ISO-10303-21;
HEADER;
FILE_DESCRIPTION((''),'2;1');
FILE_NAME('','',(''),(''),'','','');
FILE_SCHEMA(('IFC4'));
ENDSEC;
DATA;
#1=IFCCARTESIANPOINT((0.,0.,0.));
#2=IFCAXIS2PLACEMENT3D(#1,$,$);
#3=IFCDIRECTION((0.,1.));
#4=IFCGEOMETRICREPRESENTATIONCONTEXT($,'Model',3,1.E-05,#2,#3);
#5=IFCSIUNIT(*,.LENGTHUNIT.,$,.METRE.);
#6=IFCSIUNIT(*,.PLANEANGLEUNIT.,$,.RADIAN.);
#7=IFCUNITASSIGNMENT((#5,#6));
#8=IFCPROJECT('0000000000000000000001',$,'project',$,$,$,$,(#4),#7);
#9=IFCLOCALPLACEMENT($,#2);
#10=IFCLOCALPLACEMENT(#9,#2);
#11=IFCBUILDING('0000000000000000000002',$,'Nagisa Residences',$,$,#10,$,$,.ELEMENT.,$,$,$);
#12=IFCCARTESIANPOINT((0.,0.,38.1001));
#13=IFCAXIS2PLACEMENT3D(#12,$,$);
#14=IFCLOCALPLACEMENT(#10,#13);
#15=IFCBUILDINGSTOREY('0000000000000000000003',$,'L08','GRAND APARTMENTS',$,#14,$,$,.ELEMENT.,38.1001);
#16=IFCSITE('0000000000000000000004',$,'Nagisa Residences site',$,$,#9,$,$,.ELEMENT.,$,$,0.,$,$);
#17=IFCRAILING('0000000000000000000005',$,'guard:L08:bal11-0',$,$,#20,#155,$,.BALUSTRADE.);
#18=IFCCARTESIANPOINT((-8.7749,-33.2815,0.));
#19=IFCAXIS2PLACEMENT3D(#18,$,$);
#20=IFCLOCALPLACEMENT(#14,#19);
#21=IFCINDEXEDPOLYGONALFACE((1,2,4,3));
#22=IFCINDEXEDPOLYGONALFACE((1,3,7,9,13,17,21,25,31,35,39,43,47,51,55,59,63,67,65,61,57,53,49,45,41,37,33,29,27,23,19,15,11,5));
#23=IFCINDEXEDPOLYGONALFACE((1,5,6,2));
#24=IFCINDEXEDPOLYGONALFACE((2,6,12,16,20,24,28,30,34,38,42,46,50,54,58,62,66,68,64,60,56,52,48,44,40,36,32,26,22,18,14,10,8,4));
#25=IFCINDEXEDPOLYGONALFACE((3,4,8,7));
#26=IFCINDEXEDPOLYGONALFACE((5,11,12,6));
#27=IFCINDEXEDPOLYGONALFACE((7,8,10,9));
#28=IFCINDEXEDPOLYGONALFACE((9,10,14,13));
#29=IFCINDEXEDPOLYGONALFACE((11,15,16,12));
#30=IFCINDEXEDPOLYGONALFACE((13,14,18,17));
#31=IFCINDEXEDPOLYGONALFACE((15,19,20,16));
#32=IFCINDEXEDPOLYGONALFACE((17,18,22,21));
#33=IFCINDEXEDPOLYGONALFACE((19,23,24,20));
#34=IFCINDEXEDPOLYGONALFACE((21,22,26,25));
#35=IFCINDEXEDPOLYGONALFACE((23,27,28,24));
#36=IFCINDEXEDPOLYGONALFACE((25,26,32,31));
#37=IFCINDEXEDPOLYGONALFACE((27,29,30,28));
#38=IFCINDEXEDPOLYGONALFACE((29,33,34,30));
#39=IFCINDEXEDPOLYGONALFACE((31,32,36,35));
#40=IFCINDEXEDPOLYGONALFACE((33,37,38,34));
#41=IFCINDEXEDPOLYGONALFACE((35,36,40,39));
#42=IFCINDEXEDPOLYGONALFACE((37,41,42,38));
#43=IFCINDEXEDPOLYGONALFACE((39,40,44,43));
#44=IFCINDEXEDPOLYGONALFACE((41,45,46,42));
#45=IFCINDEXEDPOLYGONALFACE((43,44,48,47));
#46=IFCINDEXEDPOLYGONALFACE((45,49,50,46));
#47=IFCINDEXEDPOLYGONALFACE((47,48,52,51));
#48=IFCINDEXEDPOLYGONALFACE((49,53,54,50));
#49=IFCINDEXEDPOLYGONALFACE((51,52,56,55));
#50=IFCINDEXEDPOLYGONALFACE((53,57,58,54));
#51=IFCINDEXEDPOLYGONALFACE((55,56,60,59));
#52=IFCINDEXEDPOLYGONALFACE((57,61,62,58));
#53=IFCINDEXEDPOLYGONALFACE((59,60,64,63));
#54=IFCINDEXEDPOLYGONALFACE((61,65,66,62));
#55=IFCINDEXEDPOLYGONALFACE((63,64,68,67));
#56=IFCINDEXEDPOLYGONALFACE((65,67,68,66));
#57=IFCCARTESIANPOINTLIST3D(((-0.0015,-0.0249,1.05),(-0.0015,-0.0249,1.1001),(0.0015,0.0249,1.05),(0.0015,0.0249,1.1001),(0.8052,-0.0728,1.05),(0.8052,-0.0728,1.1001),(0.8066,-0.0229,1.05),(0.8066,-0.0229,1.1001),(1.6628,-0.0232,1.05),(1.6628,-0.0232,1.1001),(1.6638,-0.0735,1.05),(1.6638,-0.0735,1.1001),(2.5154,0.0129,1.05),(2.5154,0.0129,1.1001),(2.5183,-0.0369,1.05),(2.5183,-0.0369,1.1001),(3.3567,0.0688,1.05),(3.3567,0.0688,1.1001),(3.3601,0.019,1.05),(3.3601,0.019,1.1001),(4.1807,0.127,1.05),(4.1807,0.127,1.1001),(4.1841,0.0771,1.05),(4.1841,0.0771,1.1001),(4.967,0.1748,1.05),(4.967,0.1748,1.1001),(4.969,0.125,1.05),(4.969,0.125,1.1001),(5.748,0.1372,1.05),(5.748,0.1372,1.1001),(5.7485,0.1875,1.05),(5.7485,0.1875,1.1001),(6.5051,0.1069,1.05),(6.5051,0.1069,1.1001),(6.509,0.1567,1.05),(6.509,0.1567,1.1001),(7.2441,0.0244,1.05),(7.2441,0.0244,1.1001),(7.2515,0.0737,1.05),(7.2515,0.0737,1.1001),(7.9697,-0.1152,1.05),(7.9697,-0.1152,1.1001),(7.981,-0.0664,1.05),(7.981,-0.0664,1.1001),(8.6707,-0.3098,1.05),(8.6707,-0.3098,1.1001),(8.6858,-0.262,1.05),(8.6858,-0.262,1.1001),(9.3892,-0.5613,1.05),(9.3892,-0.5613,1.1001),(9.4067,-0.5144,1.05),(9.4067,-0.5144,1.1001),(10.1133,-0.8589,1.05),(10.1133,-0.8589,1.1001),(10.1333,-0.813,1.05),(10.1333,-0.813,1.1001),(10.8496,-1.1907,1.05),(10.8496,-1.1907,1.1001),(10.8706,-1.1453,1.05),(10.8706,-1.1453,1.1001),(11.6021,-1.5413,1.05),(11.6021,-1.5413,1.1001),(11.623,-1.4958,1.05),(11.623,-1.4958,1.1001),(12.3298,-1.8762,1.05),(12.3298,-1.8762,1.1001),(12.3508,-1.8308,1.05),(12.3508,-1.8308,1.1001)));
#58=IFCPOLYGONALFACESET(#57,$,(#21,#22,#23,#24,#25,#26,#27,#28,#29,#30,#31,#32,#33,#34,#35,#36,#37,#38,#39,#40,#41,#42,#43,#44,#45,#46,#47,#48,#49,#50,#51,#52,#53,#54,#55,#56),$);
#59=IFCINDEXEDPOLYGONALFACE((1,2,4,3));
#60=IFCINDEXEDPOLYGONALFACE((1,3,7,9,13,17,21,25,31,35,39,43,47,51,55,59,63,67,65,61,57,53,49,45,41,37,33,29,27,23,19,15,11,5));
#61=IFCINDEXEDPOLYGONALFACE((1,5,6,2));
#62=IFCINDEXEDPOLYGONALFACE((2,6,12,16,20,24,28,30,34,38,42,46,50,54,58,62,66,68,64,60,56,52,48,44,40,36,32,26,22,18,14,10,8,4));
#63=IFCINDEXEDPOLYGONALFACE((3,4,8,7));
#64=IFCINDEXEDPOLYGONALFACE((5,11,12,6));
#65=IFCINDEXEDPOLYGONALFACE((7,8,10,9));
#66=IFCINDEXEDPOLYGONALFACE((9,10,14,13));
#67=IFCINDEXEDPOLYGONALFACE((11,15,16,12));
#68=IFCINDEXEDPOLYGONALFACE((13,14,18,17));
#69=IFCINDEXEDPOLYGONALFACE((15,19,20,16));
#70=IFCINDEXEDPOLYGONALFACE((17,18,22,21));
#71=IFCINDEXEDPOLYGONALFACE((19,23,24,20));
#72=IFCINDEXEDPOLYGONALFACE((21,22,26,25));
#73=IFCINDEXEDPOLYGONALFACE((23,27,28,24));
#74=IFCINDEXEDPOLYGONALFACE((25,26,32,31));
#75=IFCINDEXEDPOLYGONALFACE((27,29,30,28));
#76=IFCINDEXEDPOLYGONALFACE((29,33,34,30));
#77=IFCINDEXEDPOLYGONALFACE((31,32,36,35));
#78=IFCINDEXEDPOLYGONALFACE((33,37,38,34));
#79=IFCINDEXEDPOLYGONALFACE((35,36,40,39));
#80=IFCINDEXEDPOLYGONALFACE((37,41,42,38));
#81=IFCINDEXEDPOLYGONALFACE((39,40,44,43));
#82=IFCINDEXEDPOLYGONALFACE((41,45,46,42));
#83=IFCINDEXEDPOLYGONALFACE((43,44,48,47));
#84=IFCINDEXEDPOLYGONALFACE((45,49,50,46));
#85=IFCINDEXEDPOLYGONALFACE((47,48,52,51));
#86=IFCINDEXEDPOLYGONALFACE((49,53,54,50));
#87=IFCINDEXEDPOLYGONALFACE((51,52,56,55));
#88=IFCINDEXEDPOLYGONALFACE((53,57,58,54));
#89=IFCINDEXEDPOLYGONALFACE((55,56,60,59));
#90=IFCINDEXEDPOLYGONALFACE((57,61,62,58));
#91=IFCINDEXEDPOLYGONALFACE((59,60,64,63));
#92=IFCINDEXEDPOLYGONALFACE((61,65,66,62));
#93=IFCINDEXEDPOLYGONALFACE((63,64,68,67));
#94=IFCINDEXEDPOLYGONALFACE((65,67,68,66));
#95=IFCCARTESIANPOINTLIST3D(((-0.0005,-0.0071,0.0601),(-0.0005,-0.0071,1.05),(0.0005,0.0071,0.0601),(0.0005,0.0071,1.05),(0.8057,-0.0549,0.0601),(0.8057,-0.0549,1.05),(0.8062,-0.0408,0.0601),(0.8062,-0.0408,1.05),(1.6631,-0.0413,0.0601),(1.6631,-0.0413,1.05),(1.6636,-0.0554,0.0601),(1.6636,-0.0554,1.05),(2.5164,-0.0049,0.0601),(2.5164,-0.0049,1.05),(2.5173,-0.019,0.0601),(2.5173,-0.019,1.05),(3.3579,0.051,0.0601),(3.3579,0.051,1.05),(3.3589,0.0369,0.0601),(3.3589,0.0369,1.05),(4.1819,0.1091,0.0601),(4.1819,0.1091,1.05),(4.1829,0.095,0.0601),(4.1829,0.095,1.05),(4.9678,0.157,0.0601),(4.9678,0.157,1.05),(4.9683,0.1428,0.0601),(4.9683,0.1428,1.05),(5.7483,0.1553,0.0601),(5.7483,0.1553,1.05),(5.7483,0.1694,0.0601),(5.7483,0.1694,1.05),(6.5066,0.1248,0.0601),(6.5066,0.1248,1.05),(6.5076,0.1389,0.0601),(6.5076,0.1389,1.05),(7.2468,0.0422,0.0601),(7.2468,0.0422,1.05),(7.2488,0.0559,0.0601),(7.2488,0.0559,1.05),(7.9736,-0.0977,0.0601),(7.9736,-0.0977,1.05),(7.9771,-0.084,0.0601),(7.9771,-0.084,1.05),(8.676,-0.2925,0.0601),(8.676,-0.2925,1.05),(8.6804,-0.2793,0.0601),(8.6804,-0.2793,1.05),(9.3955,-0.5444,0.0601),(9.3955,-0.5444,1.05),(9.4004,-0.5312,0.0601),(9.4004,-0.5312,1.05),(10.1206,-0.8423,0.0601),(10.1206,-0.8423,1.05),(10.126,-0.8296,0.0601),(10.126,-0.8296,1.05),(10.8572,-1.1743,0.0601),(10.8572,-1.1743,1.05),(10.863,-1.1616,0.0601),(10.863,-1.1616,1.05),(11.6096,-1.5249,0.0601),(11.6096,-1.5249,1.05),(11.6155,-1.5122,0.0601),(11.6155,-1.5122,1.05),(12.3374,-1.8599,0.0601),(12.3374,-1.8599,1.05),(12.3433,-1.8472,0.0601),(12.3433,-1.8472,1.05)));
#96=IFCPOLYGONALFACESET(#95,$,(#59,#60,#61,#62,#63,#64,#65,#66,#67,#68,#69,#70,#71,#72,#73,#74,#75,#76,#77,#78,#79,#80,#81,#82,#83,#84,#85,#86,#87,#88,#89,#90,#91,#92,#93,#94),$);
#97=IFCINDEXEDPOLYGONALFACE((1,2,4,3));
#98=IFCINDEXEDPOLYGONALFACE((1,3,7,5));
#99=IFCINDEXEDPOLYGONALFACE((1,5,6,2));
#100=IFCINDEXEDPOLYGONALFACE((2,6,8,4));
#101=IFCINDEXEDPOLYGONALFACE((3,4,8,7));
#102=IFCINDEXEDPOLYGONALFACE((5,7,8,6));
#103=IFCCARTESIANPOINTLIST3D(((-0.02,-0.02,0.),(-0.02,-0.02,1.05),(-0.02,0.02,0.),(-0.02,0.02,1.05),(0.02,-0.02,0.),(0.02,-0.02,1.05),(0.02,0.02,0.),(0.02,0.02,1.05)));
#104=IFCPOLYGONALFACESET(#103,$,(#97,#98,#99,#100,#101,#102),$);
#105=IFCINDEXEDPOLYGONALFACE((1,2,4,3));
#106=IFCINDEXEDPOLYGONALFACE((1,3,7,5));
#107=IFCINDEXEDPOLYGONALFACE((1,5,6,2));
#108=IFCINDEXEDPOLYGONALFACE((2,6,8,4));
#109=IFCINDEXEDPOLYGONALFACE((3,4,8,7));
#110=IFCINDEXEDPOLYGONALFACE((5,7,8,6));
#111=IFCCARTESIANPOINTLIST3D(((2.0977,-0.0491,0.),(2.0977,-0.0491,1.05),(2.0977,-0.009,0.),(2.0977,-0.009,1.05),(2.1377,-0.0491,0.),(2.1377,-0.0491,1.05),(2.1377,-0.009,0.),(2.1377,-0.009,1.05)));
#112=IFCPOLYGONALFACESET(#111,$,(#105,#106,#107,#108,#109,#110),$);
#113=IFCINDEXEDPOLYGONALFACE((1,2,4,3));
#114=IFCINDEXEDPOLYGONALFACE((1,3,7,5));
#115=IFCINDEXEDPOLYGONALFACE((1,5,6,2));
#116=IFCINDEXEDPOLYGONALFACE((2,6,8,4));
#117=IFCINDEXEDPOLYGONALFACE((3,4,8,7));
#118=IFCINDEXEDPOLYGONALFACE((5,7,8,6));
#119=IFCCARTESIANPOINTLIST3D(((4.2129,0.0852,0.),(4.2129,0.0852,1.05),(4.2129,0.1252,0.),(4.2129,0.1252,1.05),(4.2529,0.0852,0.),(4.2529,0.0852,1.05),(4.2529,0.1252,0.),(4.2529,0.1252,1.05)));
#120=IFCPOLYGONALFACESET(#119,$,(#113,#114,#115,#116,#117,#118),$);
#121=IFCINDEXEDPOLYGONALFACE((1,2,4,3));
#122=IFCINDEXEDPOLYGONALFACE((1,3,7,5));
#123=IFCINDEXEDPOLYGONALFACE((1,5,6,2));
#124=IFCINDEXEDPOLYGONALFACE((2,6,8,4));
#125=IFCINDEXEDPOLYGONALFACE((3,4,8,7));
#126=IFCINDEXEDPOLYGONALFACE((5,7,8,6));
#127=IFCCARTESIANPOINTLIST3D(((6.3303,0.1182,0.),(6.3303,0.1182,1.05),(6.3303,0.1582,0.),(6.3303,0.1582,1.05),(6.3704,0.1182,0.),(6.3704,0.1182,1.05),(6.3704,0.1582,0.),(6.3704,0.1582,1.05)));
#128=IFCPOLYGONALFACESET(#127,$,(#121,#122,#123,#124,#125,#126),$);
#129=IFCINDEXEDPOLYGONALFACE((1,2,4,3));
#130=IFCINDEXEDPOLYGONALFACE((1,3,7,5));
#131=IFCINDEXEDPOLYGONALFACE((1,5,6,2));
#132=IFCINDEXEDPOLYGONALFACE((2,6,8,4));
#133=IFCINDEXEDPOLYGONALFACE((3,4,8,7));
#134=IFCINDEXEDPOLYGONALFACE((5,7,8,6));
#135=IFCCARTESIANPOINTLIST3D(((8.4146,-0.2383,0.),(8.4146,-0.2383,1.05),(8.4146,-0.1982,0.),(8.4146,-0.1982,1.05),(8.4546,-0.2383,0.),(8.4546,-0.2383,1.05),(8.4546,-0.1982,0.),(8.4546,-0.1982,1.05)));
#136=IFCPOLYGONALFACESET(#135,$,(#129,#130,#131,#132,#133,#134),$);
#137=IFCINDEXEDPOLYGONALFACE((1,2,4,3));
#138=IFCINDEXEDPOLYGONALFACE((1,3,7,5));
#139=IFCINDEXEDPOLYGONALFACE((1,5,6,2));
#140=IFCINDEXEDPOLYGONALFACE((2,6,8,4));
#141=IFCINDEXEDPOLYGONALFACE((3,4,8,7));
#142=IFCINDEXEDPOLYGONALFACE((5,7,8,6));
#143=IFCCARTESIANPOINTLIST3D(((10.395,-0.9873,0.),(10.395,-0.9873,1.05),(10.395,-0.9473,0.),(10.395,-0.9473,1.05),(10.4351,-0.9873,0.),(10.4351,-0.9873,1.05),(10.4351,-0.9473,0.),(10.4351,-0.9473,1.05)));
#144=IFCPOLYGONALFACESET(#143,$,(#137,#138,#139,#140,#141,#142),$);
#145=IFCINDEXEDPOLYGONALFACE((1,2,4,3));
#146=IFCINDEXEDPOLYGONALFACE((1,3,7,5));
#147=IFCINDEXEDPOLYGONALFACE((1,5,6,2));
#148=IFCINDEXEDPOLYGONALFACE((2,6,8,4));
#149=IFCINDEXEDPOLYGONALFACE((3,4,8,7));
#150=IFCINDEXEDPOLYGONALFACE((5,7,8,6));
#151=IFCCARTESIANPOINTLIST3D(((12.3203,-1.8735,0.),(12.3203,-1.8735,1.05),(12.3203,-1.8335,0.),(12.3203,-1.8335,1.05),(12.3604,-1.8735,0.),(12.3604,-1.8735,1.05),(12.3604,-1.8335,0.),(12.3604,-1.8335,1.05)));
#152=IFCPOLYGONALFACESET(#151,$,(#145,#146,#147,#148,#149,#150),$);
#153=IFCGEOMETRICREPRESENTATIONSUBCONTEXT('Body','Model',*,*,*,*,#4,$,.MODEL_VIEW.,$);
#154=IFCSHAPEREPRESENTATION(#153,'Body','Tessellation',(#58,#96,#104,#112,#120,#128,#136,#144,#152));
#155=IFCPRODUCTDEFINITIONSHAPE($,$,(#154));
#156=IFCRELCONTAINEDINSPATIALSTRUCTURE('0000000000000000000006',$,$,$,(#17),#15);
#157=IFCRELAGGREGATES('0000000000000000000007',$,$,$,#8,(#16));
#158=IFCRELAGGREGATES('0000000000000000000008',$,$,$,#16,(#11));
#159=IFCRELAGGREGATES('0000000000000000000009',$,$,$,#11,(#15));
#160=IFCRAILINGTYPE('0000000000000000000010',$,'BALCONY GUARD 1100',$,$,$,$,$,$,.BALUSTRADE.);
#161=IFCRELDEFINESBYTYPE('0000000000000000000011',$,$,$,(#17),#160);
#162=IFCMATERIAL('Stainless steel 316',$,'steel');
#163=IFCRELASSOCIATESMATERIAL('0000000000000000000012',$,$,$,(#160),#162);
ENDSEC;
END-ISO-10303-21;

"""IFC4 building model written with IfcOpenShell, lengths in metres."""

from ifc_helpers import new_model, si_unit, direction, frame, origin, origin_2d, place, context, subcontext, project, spatial, polyline, rectangle, outline, extrude, material, type_object, element, save


model = new_model("IFC4")

# Units and contexts
model_context = context("Model", 3, precision=1e-05, world=origin(), true_north=direction((0.0, 1.0)))
body_context = subcontext(model_context, "Body", "Model", "MODEL_VIEW")
ifc_project = project(units=[si_unit("LENGTHUNIT", "METRE"), si_unit("PLANEANGLEUNIT", "RADIAN")], contexts=[model_context])

# Site, building, storey
site_placement = place(None, origin())
site = spatial("IfcSite", under=ifc_project, at=site_placement, Name="Nagisa Residences site", CompositionType="ELEMENT", RefElevation=0.0)
building_placement = place(site_placement, origin())
building = spatial("IfcBuilding", under=site, at=building_placement, Name="Nagisa Residences", CompositionType="ELEMENT")
storey_placement = place(building_placement, frame((0.0, 0.0, 38.1001)))
storey = spatial("IfcBuildingStorey", under=building, at=storey_placement, Name="L08", Description="GRAND APARTMENTS", CompositionType="ELEMENT", Elevation=38.1001)

# Railing
ifc_material_1 = material(Name="Stainless steel 316", Category="steel")
railing_type = type_object("IfcRailingType", Name="BALCONY GUARD 1100", PredefinedType="BALUSTRADE", material=ifc_material_1)
railing_placement = place(storey_placement, frame((-8.7749, -33.2815, 0.0)))
element("IfcRailing", 1, at=railing_placement, inside=storey, type_object=railing_type, Name="guard:L08:bal11-0", PredefinedType="BALUSTRADE", context=body_context, shape_type="SweptSolid", body=[
    extrude(outline(polyline([(0.8066, -0.0229), (0.0015, 0.0249), (-0.0015, -0.0249), (0.8052, -0.0728), (1.6638, -0.0735), (2.5183, -0.0369), (3.3601, 0.019), (4.1841, 0.0771), (4.969, 0.125), (5.748, 0.1372), (6.5051, 0.1069), (7.2441, 0.0244), (7.9697, -0.1152), (8.6707, -0.3098), (9.3892, -0.5613), (10.1133, -0.8589), (10.8496, -1.1907), (11.6021, -1.5413), (12.3298, -1.8762), (12.3508, -1.8308), (11.623, -1.4958), (10.8706, -1.1453), (10.1333, -0.813), (9.4067, -0.5144), (8.6858, -0.262), (7.981, -0.0664), (7.2515, 0.0737), (6.509, 0.1567), (5.7485, 0.1875), (4.967, 0.1748), (4.1807, 0.127), (3.3567, 0.0688), (2.5154, 0.0129), (1.6628, -0.0232), (0.8066, -0.0229)])), frame((0.0, 0.0, 1.05)), (0.0, 0.0, 1.0), 0.05),
    extrude(outline(polyline([(0.8062, -0.0408), (0.0005, 0.0071), (-0.0005, -0.0071), (0.8057, -0.0549), (1.6636, -0.0554), (2.5173, -0.019), (3.3589, 0.0369), (4.1829, 0.095), (4.9683, 0.1428), (5.7483, 0.1553), (6.5066, 0.1248), (7.2468, 0.0422), (7.9736, -0.0977), (8.676, -0.2925), (9.3955, -0.5444), (10.1206, -0.8423), (10.8572, -1.1743), (11.6096, -1.5249), (12.3374, -1.8599), (12.3433, -1.8472), (11.6155, -1.5122), (10.863, -1.1616), (10.126, -0.8296), (9.4004, -0.5312), (8.6804, -0.2793), (7.9771, -0.084), (7.2488, 0.0559), (6.5076, 0.1389), (5.7483, 0.1694), (4.9678, 0.157), (4.1819, 0.1091), (3.3579, 0.051), (2.5164, -0.0049), (1.6631, -0.0413), (0.8062, -0.0408)])), frame((0.0, 0.0, 0.0601)), (0.0, 0.0, 1.0), 0.99),
    extrude(rectangle(XDim=0.04, YDim=0.04, at=origin_2d()), origin(), (0.0, 0.0, 1.0), 1.05),
    extrude(rectangle(XDim=0.04, YDim=0.04, at=origin_2d()), frame((2.1177, -0.0291, 0.0)), (0.0, 0.0, 1.0), 1.05),
    extrude(rectangle(XDim=0.04, YDim=0.04, at=origin_2d()), frame((4.2329, 0.1052, 0.0)), (0.0, 0.0, 1.0), 1.05),
    extrude(rectangle(XDim=0.04, YDim=0.04, at=origin_2d()), frame((6.3503, 0.1382, 0.0)), (0.0, 0.0, 1.0), 1.05),
    extrude(rectangle(XDim=0.04, YDim=0.04, at=origin_2d()), frame((8.4346, -0.2183, 0.0)), (0.0, 0.0, 1.0), 1.05),
    extrude(rectangle(XDim=0.04, YDim=0.04, at=origin_2d()), frame((10.415, -0.9673, 0.0)), (0.0, 0.0, 1.0), 1.05),
    extrude(rectangle(XDim=0.04, YDim=0.04, at=origin_2d()), frame((12.3403, -1.8535, 0.0)), (0.0, 0.0, 1.0), 1.05),
])

save(model, "model.ifc")
